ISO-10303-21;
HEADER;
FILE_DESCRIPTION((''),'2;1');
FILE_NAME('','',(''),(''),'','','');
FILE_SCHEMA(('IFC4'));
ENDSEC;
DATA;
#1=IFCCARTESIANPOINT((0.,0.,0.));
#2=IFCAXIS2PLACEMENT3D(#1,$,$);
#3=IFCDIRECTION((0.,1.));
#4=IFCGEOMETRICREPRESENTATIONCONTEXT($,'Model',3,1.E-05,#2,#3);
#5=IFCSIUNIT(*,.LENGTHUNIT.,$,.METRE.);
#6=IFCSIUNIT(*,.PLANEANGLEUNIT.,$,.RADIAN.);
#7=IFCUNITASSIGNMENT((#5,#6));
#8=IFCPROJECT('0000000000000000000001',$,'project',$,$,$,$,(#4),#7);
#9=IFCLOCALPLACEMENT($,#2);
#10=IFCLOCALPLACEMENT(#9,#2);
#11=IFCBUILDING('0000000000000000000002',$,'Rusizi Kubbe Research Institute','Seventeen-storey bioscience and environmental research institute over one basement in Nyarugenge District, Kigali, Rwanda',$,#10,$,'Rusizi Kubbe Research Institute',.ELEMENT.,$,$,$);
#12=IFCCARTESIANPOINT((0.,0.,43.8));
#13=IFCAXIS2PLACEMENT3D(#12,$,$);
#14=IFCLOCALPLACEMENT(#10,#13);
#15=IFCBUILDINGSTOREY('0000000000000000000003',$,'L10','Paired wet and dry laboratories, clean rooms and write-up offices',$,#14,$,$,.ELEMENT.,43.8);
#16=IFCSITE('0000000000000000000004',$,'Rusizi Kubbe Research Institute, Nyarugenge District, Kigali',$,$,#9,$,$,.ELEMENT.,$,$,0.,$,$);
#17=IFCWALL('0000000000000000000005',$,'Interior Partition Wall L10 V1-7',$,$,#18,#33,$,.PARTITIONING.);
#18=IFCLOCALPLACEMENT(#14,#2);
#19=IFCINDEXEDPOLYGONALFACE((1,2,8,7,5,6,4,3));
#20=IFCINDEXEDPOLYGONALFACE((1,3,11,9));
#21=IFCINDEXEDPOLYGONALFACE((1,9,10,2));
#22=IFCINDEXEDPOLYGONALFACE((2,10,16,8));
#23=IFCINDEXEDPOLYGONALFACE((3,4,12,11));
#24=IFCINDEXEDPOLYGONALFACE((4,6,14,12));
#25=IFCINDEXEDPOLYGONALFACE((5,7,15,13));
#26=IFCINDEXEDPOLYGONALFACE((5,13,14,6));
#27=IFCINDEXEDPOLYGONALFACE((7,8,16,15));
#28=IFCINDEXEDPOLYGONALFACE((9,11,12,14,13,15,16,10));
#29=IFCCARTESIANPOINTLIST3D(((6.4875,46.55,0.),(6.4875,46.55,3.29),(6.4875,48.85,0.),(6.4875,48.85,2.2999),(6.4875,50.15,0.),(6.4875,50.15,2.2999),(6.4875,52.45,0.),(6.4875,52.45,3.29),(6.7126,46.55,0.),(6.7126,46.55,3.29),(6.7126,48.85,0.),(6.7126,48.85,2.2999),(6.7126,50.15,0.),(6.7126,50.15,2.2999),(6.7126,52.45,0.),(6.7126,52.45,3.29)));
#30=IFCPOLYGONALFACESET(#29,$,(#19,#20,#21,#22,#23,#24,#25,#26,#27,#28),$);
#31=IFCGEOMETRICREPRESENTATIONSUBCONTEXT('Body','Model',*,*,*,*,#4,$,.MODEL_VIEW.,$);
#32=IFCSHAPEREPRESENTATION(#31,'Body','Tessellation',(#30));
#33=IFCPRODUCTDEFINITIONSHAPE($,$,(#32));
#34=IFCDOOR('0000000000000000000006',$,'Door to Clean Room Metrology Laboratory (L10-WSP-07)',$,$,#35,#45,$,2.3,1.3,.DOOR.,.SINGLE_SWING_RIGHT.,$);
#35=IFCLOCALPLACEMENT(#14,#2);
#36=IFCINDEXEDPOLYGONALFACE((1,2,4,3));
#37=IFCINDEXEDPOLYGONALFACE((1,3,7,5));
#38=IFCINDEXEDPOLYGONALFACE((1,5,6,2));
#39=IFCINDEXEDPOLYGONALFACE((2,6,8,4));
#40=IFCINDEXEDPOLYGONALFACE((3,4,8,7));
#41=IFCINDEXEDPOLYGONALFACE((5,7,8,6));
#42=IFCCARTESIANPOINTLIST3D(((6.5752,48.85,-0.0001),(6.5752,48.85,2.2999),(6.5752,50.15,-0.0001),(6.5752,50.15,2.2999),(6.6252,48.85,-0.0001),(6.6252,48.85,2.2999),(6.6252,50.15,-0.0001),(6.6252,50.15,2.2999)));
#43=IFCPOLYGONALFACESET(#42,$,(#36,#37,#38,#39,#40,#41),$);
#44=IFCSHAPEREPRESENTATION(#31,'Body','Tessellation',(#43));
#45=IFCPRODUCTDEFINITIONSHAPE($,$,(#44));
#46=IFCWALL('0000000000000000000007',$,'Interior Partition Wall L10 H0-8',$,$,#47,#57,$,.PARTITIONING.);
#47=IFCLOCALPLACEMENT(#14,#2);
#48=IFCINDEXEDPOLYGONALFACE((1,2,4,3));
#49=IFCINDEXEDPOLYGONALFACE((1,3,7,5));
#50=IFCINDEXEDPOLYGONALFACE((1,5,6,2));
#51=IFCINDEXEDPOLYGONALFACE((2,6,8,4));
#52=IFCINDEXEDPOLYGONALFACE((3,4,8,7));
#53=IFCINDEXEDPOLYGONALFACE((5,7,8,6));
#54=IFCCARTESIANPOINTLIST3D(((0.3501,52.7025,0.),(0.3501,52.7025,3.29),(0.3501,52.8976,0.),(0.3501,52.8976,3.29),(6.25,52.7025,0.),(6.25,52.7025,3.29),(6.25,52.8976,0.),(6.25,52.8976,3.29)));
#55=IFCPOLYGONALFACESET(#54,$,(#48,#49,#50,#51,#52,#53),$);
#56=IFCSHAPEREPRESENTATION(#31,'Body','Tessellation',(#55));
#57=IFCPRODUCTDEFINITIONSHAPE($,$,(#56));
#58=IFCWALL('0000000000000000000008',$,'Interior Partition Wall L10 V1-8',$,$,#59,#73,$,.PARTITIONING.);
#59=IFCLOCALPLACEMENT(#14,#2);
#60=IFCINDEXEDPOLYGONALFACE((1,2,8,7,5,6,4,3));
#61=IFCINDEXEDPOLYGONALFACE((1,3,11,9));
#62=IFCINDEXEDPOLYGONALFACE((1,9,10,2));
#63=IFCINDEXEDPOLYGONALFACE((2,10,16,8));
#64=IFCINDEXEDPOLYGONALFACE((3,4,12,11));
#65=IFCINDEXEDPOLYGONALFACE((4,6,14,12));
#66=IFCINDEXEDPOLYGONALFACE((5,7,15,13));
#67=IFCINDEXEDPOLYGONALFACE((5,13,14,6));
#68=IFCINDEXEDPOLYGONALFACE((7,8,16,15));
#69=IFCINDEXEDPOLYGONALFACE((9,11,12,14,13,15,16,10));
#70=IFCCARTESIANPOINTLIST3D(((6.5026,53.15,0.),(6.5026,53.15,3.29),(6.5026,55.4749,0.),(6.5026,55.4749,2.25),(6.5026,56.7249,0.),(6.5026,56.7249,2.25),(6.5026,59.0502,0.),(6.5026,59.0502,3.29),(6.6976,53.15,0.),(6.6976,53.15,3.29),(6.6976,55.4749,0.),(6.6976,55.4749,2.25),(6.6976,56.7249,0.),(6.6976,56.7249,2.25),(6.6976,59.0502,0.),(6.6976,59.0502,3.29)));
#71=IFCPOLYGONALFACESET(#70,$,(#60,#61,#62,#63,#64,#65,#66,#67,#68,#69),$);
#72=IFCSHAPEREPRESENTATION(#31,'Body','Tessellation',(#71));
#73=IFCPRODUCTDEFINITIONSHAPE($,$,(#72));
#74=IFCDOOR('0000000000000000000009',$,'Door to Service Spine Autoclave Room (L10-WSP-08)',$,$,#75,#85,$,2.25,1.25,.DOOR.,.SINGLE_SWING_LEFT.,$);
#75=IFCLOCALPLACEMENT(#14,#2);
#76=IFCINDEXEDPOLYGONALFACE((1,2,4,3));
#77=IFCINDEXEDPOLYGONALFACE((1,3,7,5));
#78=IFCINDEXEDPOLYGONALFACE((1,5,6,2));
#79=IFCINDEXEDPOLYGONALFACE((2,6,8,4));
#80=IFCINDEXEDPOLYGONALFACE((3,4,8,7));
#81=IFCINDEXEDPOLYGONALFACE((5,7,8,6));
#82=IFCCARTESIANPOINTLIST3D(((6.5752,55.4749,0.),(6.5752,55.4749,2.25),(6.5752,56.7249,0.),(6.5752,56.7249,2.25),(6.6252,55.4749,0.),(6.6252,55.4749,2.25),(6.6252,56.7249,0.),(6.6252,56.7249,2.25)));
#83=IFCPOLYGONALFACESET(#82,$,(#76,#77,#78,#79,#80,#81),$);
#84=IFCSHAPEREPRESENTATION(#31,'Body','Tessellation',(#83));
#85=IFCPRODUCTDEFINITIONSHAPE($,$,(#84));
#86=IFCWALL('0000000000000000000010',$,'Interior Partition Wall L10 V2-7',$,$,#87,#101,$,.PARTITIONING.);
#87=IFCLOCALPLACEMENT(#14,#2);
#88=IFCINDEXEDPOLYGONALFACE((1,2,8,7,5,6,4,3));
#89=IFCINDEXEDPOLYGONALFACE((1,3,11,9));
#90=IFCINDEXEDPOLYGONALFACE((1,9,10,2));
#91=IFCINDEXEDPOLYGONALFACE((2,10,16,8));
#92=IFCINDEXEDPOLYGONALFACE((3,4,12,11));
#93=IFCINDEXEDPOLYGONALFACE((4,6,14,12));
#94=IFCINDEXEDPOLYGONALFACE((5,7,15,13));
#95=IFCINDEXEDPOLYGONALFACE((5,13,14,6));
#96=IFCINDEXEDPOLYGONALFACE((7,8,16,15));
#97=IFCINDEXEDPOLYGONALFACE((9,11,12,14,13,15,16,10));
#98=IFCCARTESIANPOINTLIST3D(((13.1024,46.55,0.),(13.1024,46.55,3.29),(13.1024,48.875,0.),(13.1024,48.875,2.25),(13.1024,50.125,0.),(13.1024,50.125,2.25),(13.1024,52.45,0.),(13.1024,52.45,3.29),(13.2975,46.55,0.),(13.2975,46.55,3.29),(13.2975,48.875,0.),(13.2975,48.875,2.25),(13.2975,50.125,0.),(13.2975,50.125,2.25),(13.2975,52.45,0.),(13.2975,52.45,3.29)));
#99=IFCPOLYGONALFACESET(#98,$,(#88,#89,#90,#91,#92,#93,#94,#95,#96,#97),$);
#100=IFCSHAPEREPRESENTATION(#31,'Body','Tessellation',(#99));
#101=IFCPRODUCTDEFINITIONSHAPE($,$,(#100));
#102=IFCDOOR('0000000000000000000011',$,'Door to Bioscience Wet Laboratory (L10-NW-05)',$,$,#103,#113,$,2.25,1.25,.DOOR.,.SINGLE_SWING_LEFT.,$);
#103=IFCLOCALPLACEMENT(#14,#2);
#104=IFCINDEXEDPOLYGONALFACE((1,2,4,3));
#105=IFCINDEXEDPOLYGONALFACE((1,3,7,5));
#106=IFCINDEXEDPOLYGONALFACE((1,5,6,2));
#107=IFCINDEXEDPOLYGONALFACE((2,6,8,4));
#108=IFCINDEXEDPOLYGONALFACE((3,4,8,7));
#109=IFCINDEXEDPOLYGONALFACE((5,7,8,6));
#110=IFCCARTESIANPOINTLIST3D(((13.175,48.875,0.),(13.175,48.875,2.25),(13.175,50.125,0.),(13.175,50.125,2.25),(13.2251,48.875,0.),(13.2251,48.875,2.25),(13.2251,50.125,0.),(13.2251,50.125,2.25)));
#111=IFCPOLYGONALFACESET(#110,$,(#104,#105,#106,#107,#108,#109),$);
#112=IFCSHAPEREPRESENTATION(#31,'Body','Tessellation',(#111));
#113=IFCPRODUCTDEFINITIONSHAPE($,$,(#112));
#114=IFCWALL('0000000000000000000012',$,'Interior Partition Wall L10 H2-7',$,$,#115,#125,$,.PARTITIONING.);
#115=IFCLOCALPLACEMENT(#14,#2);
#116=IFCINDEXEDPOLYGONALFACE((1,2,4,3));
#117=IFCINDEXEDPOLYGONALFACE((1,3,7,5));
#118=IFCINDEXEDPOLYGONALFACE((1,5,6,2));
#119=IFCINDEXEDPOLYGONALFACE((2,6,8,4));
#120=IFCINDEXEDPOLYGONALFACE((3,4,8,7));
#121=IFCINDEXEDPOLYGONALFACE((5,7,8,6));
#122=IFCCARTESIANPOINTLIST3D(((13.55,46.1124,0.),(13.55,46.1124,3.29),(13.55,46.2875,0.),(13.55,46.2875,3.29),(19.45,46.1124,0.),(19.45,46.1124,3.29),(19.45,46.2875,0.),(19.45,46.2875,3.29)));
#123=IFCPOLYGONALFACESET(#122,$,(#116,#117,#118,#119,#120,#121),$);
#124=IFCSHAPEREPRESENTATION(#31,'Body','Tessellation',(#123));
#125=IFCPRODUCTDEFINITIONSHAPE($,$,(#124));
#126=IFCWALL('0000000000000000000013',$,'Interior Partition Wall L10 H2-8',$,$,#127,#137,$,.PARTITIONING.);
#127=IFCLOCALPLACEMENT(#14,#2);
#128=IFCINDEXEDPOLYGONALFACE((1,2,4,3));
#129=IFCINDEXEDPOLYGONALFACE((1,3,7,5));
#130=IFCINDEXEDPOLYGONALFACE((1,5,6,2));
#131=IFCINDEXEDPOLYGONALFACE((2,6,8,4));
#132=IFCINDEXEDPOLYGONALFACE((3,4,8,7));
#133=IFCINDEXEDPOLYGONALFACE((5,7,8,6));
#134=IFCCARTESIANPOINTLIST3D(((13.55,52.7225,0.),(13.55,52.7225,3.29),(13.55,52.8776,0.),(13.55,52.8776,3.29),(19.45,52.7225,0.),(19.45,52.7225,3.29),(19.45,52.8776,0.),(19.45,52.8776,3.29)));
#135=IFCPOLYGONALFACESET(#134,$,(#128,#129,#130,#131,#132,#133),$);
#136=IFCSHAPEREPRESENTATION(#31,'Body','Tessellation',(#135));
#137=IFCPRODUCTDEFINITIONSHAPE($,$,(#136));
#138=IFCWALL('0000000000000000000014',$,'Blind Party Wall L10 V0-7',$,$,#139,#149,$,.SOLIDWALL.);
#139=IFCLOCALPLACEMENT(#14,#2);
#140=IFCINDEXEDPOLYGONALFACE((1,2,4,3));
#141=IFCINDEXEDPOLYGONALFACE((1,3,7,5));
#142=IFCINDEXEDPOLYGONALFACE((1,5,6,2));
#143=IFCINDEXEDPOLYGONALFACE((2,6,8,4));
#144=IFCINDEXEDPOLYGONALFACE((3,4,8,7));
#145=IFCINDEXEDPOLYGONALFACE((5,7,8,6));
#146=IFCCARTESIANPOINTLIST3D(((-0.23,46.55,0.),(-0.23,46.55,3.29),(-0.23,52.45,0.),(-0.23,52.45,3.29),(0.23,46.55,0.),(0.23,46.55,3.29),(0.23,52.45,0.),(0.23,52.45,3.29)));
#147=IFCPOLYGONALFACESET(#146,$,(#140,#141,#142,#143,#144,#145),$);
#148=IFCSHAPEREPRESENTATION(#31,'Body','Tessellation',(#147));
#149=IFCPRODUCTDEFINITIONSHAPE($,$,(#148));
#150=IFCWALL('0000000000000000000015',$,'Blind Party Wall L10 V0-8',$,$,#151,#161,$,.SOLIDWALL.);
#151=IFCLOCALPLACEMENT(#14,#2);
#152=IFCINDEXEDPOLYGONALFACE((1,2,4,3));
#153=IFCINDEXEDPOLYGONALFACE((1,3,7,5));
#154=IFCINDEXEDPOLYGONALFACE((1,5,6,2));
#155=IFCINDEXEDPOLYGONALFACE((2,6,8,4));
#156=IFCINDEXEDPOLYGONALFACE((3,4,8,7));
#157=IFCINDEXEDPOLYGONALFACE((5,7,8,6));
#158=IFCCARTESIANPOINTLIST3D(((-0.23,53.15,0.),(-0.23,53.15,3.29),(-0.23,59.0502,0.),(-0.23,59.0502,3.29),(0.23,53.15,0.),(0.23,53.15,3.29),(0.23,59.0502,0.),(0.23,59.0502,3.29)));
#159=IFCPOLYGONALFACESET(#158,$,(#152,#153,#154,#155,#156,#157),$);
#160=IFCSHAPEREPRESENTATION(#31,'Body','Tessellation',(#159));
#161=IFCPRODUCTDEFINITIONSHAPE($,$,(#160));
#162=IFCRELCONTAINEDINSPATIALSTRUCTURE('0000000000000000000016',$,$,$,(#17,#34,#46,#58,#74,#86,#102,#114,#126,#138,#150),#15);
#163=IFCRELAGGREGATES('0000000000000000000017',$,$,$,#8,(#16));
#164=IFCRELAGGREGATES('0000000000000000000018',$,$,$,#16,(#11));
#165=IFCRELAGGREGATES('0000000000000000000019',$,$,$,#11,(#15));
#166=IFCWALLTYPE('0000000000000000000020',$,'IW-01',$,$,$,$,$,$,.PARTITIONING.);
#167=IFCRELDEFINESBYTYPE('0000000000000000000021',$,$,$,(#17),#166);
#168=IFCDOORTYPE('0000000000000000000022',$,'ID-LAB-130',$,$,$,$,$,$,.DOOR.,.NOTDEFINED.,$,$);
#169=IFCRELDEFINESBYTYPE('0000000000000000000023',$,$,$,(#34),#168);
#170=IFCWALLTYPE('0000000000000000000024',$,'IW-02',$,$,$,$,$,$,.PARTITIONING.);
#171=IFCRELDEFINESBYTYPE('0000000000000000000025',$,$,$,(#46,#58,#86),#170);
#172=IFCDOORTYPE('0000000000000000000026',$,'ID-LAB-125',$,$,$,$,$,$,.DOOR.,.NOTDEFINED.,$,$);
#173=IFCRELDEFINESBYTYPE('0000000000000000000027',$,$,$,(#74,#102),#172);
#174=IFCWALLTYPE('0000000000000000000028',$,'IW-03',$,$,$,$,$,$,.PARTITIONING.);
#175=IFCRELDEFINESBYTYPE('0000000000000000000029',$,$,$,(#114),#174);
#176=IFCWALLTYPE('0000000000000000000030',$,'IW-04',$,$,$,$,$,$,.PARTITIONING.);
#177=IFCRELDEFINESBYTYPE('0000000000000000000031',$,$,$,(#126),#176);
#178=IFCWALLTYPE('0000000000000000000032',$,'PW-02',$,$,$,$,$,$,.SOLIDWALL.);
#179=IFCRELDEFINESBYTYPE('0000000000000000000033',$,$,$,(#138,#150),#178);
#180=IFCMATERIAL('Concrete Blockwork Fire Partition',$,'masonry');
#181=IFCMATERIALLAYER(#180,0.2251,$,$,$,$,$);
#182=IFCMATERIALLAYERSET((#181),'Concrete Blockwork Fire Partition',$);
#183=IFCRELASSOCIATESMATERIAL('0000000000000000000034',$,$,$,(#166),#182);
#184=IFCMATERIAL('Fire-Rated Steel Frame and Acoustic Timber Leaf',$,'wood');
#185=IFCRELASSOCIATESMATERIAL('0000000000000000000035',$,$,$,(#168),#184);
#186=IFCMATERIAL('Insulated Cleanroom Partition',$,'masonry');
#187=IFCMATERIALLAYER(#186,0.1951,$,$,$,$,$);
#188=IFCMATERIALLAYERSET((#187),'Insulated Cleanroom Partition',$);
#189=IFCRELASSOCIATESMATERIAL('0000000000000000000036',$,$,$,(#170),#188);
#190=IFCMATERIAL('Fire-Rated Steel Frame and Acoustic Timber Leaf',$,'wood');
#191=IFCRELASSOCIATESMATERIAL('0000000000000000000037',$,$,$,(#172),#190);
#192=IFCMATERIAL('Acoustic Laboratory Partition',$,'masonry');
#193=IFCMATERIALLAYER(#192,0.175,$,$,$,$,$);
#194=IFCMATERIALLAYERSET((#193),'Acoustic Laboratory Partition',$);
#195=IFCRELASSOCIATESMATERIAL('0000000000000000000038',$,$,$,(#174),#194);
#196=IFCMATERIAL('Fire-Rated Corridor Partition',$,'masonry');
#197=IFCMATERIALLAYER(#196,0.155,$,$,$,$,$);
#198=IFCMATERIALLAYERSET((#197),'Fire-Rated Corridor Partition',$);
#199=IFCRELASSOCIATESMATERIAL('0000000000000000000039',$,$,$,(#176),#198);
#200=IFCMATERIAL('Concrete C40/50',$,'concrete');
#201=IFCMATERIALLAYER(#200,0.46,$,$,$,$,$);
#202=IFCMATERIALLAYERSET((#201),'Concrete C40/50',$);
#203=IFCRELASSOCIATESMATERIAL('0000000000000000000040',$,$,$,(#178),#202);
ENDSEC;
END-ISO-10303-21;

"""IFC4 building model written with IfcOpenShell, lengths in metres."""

from ifc_helpers import new_model, si_unit, direction, frame, frame_2d, origin, place, context, subcontext, project, spatial, rectangle, extrude, material, layer, layer_set, type_object, element, fill, save


model = new_model("IFC4")

# Units and contexts
model_context = context("Model", 3, precision=1e-05, world=origin(), true_north=direction((0.0, 1.0)))
body_context = subcontext(model_context, "Body", "Model", "MODEL_VIEW")
ifc_project = project(units=[si_unit("LENGTHUNIT", "METRE"), si_unit("PLANEANGLEUNIT", "RADIAN")], contexts=[model_context])

# Site, building, storey
site_placement = place(None, origin())
site = spatial("IfcSite", under=ifc_project, at=site_placement, Name="Rusizi Kubbe Research Institute, Nyarugenge District, Kigali", CompositionType="ELEMENT", RefElevation=0.0)
building_placement = place(site_placement, origin())
building = spatial("IfcBuilding", under=site, at=building_placement, Name="Rusizi Kubbe Research Institute", Description="Seventeen-storey bioscience and environmental research institute over one basement in Nyarugenge District, Kigali, Rwanda", LongName="Rusizi Kubbe Research Institute", CompositionType="ELEMENT")
storey_placement = place(building_placement, frame((0.0, 0.0, 43.8)))
storey = spatial("IfcBuildingStorey", under=building, at=storey_placement, Name="L10", Description="Paired wet and dry laboratories, clean rooms and write-up offices", CompositionType="ELEMENT", Elevation=43.8)

# Shared definitions
ifc_material_1 = material(Name="Concrete Blockwork Fire Partition", Category="masonry")
ifc_layer_1 = layer(ifc_material_1, 0.2251)
ifc_layer_set_1 = layer_set([ifc_layer_1], Name="Concrete Blockwork Fire Partition")
wall_type_1 = type_object("IfcWallType", Name="IW-01", PredefinedType="PARTITIONING", material=ifc_layer_set_1)

# Wall, opening, door
wall_1_placement = place(storey_placement, frame((6.6001, 46.55, 0.0), z_axis=(0.0, 0.0, 1.0), x_axis=(0.0, 1.0, 0.0)))
wall_1 = element("IfcWall", 1, at=wall_1_placement, inside=storey, type_object=wall_type_1, Name="Interior Partition Wall L10 V1-7", PredefinedType="PARTITIONING", context=body_context, shape_type="SweptSolid", body=[
    extrude(rectangle(XDim=5.8999, YDim=0.2251, at=frame_2d((2.95, 0.0))), origin(), (0.0, 0.0, 1.0), 3.29),
])
opening_1_placement = place(wall_1_placement, frame((2.3, 0.0, 0.0)))
opening_1 = element("IfcOpeningElement", 2, at=opening_1_placement, cuts=wall_1, PredefinedType="OPENING", context=body_context, shape_type="SweptSolid", body=[
    extrude(rectangle(XDim=1.3, YDim=2.3, at=frame_2d((0.6499, 1.1499))), frame((0.0, 0.1226, 0.0), z_axis=(0.0, -1.0, 0.0), x_axis=(1.0, 0.0, 0.0)), (0.0, 0.0, 1.0), 0.2451),
])
ifc_material_2 = material(Name="Fire-Rated Steel Frame and Acoustic Timber Leaf", Category="wood")
door_type_1 = type_object("IfcDoorType", Name="ID-LAB-130", OperationType="NOTDEFINED", PredefinedType="DOOR", material=ifc_material_2)
door_1_placement = place(opening_1_placement, origin())
door_1 = element("IfcDoor", 3, at=door_1_placement, inside=storey, type_object=door_type_1, Name="Door to Clean Room Metrology Laboratory (L10-WSP-07)", OperationType="SINGLE_SWING_RIGHT", OverallHeight=2.3, OverallWidth=1.3, PredefinedType="DOOR", context=body_context, shape_type="SweptSolid", body=[
    extrude(rectangle(XDim=1.3, YDim=2.3, at=frame_2d((0.6499, 1.1499))), frame((0.0, 0.0249, 0.0), z_axis=(0.0, -1.0, 0.0), x_axis=(1.0, 0.0, 0.0)), (0.0, 0.0, 1.0), 0.05),
])
fill(opening_1, door_1)

# Wall
ifc_material_3 = material(Name="Insulated Cleanroom Partition", Category="masonry")
ifc_layer_2 = layer(ifc_material_3, 0.1951)
ifc_layer_set_2 = layer_set([ifc_layer_2], Name="Insulated Cleanroom Partition")
wall_type_2 = type_object("IfcWallType", Name="IW-02", PredefinedType="PARTITIONING", material=ifc_layer_set_2)
wall_2_placement = place(storey_placement, frame((0.3501, 52.8, 0.0), z_axis=(0.0, 0.0, 1.0), x_axis=(1.0, 0.0, 0.0)))
element("IfcWall", 4, at=wall_2_placement, inside=storey, type_object=wall_type_2, Name="Interior Partition Wall L10 H0-8", PredefinedType="PARTITIONING", context=body_context, shape_type="SweptSolid", body=[
    extrude(rectangle(XDim=5.8999, YDim=0.1951, at=frame_2d((2.95, 0.0))), origin(), (0.0, 0.0, 1.0), 3.29),
])

# Walls, openings, doors
wall_3_placement = place(storey_placement, frame((6.6001, 53.1499, 0.0), z_axis=(0.0, 0.0, 1.0), x_axis=(0.0, 1.0, 0.0)))
wall_3 = element("IfcWall", 5, at=wall_3_placement, inside=storey, type_object=wall_type_2, Name="Interior Partition Wall L10 V1-8", PredefinedType="PARTITIONING", context=body_context, shape_type="SweptSolid", body=[
    extrude(rectangle(XDim=5.9001, YDim=0.1951, at=frame_2d((2.9502, 0.0))), origin(), (0.0, 0.0, 1.0), 3.29),
])
opening_2_placement = place(wall_3_placement, frame((2.325, 0.0, 0.0)))
opening_2 = element("IfcOpeningElement", 6, at=opening_2_placement, cuts=wall_3, PredefinedType="OPENING", context=body_context, shape_type="SweptSolid", body=[
    extrude(rectangle(XDim=1.25, YDim=2.25, at=frame_2d((0.625, 1.125))), frame((0.0, 0.1074, 0.0), z_axis=(0.0, -1.0, 0.0), x_axis=(1.0, 0.0, 0.0)), (0.0, 0.0, 1.0), 0.2151),
])
ifc_material_4 = material(Name="Fire-Rated Steel Frame and Acoustic Timber Leaf", Category="wood")
door_type_2 = type_object("IfcDoorType", Name="ID-LAB-125", OperationType="NOTDEFINED", PredefinedType="DOOR", material=ifc_material_4)
door_2_placement = place(opening_2_placement, origin())
door_2 = element("IfcDoor", 7, at=door_2_placement, inside=storey, type_object=door_type_2, Name="Door to Service Spine Autoclave Room (L10-WSP-08)", OperationType="SINGLE_SWING_LEFT", OverallHeight=2.25, OverallWidth=1.25, PredefinedType="DOOR", context=body_context, shape_type="SweptSolid", body=[
    extrude(rectangle(XDim=1.25, YDim=2.25, at=frame_2d((0.625, 1.125))), frame((0.0, 0.0249, 0.0), z_axis=(0.0, -1.0, 0.0), x_axis=(1.0, 0.0, 0.0)), (0.0, 0.0, 1.0), 0.05),
])
fill(opening_2, door_2)
wall_4_placement = place(storey_placement, frame((13.2, 46.55, 0.0), z_axis=(0.0, 0.0, 1.0), x_axis=(0.0, 1.0, 0.0)))
wall_4 = element("IfcWall", 8, at=wall_4_placement, inside=storey, type_object=wall_type_2, Name="Interior Partition Wall L10 V2-7", PredefinedType="PARTITIONING", context=body_context, shape_type="SweptSolid", body=[
    extrude(rectangle(XDim=5.8999, YDim=0.1951, at=frame_2d((2.95, 0.0))), origin(), (0.0, 0.0, 1.0), 3.29),
])
opening_3_placement = place(wall_4_placement, frame((2.325, 0.0, 0.0)))
opening_3 = element("IfcOpeningElement", 9, at=opening_3_placement, cuts=wall_4, PredefinedType="OPENING", context=body_context, shape_type="SweptSolid", body=[
    extrude(rectangle(XDim=1.25, YDim=2.25, at=frame_2d((0.625, 1.125))), frame((0.0, 0.1074, 0.0), z_axis=(0.0, -1.0, 0.0), x_axis=(1.0, 0.0, 0.0)), (0.0, 0.0, 1.0), 0.2151),
])
door_3_placement = place(opening_3_placement, origin())
door_3 = element("IfcDoor", 10, at=door_3_placement, inside=storey, type_object=door_type_2, Name="Door to Bioscience Wet Laboratory (L10-NW-05)", OperationType="SINGLE_SWING_LEFT", OverallHeight=2.25, OverallWidth=1.25, PredefinedType="DOOR", context=body_context, shape_type="SweptSolid", body=[
    extrude(rectangle(XDim=1.25, YDim=2.25, at=frame_2d((0.625, 1.125))), frame((0.0, 0.0249, 0.0), z_axis=(0.0, -1.0, 0.0), x_axis=(1.0, 0.0, 0.0)), (0.0, 0.0, 1.0), 0.05),
])
fill(opening_3, door_3)

# Walls
ifc_material_5 = material(Name="Acoustic Laboratory Partition", Category="masonry")
ifc_layer_3 = layer(ifc_material_5, 0.175)
ifc_layer_set_3 = layer_set([ifc_layer_3], Name="Acoustic Laboratory Partition")
wall_type_3 = type_object("IfcWallType", Name="IW-03", PredefinedType="PARTITIONING", material=ifc_layer_set_3)
wall_5_placement = place(storey_placement, frame((13.55, 46.2, 0.0), z_axis=(0.0, 0.0, 1.0), x_axis=(1.0, 0.0, 0.0)))
element("IfcWall", 11, at=wall_5_placement, inside=storey, type_object=wall_type_3, Name="Interior Partition Wall L10 H2-7", PredefinedType="PARTITIONING", context=body_context, shape_type="SweptSolid", body=[
    extrude(rectangle(XDim=5.8999, YDim=0.175, at=frame_2d((2.95, 0.0))), origin(), (0.0, 0.0, 1.0), 3.29),
])
ifc_material_6 = material(Name="Fire-Rated Corridor Partition", Category="masonry")
ifc_layer_4 = layer(ifc_material_6, 0.155)
ifc_layer_set_4 = layer_set([ifc_layer_4], Name="Fire-Rated Corridor Partition")
wall_type_4 = type_object("IfcWallType", Name="IW-04", PredefinedType="PARTITIONING", material=ifc_layer_set_4)
wall_6_placement = place(storey_placement, frame((13.55, 52.8, 0.0), z_axis=(0.0, 0.0, 1.0), x_axis=(1.0, 0.0, 0.0)))
element("IfcWall", 12, at=wall_6_placement, inside=storey, type_object=wall_type_4, Name="Interior Partition Wall L10 H2-8", PredefinedType="PARTITIONING", context=body_context, shape_type="SweptSolid", body=[
    extrude(rectangle(XDim=5.8999, YDim=0.155, at=frame_2d((2.95, 0.0))), origin(), (0.0, 0.0, 1.0), 3.29),
])
ifc_material_7 = material(Name="Concrete C40/50", Category="concrete")
ifc_layer_5 = layer(ifc_material_7, 0.46)
ifc_layer_set_5 = layer_set([ifc_layer_5], Name="Concrete C40/50")
wall_type_5 = type_object("IfcWallType", Name="PW-02", PredefinedType="SOLIDWALL", material=ifc_layer_set_5)
wall_7_placement = place(storey_placement, frame((0.0, 46.55, 0.0), z_axis=(0.0, 0.0, 1.0), x_axis=(0.0, 1.0, 0.0)))
element("IfcWall", 13, at=wall_7_placement, inside=storey, type_object=wall_type_5, Name="Blind Party Wall L10 V0-7", PredefinedType="SOLIDWALL", context=body_context, shape_type="SweptSolid", body=[
    extrude(rectangle(XDim=5.8999, YDim=0.46, at=frame_2d((2.95, 0.0))), origin(), (0.0, 0.0, 1.0), 3.29),
])
wall_8_placement = place(storey_placement, frame((0.0, 53.1499, 0.0), z_axis=(0.0, 0.0, 1.0), x_axis=(0.0, 1.0, 0.0)))
element("IfcWall", 14, at=wall_8_placement, inside=storey, type_object=wall_type_5, Name="Blind Party Wall L10 V0-8", PredefinedType="SOLIDWALL", context=body_context, shape_type="SweptSolid", body=[
    extrude(rectangle(XDim=5.9001, YDim=0.46, at=frame_2d((2.9502, 0.0))), origin(), (0.0, 0.0, 1.0), 3.29),
])

save(model, "model.ifc")
